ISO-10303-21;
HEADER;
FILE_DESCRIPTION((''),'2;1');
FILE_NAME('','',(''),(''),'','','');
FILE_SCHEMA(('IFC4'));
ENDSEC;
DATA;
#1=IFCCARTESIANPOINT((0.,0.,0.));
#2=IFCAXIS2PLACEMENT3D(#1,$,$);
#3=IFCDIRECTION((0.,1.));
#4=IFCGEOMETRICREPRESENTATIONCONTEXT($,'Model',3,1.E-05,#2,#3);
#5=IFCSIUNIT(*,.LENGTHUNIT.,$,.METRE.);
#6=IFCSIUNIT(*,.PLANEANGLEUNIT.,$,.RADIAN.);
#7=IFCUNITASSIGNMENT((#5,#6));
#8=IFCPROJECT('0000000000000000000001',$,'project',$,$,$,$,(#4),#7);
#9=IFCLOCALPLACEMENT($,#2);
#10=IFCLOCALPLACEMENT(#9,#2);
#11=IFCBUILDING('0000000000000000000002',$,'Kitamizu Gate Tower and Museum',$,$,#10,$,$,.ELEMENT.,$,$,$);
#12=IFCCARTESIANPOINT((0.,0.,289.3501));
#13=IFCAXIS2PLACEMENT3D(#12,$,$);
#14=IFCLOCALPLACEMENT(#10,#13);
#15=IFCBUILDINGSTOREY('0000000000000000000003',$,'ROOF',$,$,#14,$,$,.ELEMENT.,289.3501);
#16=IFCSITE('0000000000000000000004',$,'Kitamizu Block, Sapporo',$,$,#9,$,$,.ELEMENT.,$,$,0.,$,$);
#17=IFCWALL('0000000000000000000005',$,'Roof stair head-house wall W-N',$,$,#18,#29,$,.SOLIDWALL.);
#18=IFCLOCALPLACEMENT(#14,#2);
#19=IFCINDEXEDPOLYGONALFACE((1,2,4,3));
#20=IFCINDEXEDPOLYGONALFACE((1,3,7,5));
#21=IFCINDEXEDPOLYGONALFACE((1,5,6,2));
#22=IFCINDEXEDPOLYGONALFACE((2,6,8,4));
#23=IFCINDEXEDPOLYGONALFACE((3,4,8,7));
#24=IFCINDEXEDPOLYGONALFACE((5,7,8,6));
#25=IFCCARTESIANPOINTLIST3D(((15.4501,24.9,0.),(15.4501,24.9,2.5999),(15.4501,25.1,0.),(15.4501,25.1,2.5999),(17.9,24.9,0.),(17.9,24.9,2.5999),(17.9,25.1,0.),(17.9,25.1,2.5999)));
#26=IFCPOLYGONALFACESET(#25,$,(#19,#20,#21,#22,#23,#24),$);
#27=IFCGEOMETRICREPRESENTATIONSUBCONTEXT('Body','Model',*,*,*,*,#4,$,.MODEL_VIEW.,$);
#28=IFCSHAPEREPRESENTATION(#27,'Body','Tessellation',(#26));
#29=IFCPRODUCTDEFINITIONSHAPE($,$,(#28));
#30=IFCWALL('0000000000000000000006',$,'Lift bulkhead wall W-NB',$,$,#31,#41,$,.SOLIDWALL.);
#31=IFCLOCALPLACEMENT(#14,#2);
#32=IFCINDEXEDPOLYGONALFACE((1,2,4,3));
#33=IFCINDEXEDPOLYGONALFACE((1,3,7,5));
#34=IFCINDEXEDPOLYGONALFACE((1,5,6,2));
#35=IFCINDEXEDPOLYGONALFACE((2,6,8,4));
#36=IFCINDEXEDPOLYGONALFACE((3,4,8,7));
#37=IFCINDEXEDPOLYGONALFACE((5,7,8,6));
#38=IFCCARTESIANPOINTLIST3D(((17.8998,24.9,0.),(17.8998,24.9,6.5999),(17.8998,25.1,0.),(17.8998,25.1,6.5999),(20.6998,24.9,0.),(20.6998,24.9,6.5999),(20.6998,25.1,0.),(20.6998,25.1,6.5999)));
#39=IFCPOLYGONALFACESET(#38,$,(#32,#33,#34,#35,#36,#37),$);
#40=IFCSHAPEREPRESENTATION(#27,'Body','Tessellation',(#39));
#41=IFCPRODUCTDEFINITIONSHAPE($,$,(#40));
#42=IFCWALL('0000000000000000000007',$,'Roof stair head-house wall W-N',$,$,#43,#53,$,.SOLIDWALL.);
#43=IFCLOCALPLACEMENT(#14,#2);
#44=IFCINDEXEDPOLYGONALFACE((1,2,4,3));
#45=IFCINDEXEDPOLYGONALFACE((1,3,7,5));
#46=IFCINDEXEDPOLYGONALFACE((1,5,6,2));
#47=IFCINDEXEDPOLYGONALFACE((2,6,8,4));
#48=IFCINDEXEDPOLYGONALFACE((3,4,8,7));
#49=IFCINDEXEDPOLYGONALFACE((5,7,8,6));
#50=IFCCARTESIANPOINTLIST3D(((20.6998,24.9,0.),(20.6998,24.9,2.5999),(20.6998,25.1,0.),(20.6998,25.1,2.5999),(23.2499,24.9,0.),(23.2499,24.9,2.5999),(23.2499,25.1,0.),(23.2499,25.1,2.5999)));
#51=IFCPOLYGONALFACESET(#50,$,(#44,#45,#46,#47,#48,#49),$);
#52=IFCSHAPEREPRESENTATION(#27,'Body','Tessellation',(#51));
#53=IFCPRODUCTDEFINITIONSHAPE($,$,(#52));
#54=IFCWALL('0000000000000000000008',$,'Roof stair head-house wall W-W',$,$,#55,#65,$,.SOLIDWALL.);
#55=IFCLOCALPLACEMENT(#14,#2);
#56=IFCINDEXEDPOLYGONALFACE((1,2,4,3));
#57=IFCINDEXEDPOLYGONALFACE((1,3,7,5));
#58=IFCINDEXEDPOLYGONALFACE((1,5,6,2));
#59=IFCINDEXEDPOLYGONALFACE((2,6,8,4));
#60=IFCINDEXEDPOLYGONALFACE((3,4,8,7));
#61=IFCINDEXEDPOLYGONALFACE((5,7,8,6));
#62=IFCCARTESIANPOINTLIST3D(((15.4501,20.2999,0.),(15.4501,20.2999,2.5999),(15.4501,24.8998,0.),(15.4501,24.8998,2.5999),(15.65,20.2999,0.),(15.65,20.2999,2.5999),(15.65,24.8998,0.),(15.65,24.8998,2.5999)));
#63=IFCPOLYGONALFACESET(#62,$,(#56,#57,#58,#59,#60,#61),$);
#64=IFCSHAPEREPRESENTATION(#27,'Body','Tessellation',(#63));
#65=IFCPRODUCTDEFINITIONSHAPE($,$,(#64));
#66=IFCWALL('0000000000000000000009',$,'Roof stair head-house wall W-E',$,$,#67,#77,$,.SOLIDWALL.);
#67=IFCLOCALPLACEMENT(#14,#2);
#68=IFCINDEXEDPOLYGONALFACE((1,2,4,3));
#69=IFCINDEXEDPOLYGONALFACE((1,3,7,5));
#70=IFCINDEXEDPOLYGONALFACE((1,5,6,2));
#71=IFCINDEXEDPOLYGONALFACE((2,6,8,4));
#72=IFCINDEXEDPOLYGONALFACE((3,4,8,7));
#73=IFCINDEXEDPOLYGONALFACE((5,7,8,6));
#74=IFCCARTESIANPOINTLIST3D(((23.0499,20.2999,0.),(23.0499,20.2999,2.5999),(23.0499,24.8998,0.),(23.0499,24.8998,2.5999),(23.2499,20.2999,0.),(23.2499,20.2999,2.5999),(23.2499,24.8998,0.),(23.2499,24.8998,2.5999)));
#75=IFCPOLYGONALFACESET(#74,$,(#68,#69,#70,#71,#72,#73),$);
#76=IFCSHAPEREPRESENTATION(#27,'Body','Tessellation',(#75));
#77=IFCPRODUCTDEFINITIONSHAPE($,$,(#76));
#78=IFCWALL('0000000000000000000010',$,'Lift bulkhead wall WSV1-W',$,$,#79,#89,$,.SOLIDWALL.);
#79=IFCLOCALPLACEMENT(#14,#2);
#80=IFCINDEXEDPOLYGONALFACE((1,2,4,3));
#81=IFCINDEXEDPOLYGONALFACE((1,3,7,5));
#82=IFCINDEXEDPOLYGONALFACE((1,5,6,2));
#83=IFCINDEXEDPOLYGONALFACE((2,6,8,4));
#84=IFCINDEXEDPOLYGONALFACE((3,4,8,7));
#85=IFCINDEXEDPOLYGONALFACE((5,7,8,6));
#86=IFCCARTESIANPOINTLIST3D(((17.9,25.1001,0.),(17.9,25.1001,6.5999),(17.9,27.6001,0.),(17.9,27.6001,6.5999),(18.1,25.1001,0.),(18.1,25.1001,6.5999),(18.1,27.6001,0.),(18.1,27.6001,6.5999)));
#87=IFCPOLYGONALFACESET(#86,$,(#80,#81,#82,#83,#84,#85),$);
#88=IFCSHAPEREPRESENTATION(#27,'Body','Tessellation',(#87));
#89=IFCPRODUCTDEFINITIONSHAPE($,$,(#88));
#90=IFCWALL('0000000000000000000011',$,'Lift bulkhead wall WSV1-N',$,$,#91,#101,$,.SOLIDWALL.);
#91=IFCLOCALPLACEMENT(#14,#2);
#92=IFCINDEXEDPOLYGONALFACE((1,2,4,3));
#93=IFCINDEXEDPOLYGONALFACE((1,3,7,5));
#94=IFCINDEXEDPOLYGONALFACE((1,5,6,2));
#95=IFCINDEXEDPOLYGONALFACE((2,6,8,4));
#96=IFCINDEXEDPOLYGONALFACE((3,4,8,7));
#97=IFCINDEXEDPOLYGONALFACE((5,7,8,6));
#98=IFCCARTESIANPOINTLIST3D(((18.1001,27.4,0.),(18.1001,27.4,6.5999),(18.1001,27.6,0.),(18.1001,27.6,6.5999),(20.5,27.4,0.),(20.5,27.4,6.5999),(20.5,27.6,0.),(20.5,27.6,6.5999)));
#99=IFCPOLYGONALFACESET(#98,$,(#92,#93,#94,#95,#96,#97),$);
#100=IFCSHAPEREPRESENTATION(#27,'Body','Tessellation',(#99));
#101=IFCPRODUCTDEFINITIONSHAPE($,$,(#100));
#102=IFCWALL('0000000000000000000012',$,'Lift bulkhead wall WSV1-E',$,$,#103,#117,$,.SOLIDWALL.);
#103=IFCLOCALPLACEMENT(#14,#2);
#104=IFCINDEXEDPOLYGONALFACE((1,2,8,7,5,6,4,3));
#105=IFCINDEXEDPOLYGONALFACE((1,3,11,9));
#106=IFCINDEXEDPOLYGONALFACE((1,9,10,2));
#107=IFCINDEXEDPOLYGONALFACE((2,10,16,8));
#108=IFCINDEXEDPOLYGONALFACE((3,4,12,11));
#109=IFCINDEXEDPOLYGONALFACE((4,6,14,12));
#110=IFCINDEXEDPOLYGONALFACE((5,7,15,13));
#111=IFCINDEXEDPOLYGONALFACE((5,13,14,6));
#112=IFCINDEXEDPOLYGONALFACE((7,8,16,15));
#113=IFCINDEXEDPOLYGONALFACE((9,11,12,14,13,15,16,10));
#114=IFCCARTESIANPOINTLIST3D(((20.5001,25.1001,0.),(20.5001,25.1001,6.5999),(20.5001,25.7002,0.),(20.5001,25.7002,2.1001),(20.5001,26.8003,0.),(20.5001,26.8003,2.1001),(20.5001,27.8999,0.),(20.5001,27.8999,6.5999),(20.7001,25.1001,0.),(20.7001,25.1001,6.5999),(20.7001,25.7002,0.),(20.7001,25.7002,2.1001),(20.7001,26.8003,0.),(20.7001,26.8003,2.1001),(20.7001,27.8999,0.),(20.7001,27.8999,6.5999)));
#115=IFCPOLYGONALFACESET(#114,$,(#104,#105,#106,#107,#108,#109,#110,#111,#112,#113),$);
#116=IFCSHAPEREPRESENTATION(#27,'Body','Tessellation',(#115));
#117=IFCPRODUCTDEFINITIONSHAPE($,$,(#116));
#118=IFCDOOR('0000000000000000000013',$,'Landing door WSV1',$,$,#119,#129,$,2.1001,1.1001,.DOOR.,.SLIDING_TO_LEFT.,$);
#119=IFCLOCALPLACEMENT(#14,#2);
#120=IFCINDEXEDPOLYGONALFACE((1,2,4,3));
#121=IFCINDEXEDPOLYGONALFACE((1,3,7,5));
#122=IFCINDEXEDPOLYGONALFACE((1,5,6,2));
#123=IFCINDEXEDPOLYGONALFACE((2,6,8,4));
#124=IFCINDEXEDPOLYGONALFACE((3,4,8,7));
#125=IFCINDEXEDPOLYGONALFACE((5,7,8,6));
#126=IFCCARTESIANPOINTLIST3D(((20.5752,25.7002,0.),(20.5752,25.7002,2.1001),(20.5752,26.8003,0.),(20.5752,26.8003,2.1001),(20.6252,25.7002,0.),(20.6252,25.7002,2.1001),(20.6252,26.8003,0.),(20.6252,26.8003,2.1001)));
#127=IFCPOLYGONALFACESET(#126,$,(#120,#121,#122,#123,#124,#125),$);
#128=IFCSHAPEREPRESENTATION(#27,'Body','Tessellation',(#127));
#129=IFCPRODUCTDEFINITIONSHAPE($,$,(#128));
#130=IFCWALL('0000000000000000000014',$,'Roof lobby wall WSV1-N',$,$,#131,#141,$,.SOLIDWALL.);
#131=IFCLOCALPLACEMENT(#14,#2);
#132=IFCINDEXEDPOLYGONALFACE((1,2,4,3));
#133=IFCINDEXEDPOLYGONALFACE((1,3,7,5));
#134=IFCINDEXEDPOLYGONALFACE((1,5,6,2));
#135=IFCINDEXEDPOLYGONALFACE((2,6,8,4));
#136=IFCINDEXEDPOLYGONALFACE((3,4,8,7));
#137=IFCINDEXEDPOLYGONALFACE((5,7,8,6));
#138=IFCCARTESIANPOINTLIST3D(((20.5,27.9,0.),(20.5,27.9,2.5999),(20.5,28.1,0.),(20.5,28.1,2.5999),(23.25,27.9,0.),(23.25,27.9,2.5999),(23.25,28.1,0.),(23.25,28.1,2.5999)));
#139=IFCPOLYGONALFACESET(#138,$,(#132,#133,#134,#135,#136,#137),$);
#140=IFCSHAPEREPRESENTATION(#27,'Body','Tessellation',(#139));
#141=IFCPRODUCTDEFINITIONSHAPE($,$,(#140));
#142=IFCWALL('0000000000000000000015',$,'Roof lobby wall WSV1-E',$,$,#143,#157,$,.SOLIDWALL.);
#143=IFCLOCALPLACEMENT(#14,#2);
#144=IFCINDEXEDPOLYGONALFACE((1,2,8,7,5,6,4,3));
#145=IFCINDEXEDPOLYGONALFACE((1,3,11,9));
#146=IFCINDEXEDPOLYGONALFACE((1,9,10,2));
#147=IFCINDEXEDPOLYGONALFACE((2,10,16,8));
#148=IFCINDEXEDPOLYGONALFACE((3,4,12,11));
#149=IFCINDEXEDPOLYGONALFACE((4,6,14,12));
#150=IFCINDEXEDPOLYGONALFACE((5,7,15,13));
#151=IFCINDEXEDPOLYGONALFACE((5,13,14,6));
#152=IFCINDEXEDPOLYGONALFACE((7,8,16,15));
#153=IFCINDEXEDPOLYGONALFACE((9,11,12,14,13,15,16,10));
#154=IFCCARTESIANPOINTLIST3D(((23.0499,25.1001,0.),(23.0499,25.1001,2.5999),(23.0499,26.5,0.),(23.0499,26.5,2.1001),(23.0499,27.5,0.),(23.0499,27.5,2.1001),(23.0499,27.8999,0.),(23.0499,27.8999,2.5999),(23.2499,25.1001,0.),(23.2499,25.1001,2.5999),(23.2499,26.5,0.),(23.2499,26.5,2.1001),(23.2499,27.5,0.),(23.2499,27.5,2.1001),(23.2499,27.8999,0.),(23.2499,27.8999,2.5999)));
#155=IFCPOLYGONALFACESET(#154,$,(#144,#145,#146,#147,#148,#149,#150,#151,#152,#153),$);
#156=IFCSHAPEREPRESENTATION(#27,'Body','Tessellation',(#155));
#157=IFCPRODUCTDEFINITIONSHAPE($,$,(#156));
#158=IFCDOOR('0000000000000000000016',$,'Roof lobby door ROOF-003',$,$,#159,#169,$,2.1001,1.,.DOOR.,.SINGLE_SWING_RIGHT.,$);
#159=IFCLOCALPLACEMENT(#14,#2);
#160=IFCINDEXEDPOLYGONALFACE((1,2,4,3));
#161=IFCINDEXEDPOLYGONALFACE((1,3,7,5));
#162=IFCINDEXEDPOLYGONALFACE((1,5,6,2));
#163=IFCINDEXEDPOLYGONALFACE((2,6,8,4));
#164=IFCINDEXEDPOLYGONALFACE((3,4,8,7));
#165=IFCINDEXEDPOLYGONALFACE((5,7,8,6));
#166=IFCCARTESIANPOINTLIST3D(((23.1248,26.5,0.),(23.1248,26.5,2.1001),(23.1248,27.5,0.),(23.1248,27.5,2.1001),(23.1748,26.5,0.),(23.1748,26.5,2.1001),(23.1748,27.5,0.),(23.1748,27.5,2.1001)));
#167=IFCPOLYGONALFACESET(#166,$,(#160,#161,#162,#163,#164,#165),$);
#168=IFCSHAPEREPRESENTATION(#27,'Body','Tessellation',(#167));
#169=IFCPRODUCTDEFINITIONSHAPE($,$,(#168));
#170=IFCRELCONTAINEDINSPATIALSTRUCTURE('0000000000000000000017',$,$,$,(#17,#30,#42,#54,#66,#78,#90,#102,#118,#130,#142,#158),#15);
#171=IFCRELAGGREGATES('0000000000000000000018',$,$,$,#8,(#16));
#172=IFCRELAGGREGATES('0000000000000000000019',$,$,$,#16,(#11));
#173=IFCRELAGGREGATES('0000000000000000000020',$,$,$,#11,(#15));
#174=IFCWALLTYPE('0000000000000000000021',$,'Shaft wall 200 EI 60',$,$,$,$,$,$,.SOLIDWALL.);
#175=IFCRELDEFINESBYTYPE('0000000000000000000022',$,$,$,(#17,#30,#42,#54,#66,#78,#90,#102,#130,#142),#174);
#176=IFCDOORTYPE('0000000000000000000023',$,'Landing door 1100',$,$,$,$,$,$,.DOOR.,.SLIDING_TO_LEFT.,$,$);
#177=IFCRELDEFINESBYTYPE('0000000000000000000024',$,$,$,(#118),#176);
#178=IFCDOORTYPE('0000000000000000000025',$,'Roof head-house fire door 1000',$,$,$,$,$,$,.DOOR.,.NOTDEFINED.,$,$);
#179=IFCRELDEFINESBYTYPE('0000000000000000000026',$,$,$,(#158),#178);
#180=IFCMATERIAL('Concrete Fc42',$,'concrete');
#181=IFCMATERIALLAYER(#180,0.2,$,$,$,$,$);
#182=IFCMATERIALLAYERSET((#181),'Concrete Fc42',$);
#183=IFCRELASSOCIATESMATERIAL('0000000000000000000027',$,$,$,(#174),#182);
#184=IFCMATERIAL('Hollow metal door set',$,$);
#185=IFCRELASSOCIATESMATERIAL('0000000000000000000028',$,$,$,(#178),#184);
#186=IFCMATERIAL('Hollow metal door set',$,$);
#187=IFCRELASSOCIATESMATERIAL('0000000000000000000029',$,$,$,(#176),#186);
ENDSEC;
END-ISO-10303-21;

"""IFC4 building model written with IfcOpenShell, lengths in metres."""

from ifc_helpers import new_model, si_unit, direction, frame, frame_2d, origin, place, context, subcontext, project, spatial, rectangle, extrude, material, layer, layer_set, type_object, element, fill, save


model = new_model("IFC4")

# Units and contexts
model_context = context("Model", 3, precision=1e-05, world=origin(), true_north=direction((0.0, 1.0)))
body_context = subcontext(model_context, "Body", "Model", "MODEL_VIEW")
ifc_project = project(units=[si_unit("LENGTHUNIT", "METRE"), si_unit("PLANEANGLEUNIT", "RADIAN")], contexts=[model_context])

# Site, building, storey
site_placement = place(None, origin())
site = spatial("IfcSite", under=ifc_project, at=site_placement, Name="Kitamizu Block, Sapporo", CompositionType="ELEMENT", RefElevation=0.0)
building_placement = place(site_placement, origin())
building = spatial("IfcBuilding", under=site, at=building_placement, Name="Kitamizu Gate Tower and Museum", CompositionType="ELEMENT")
storey_placement = place(building_placement, frame((0.0, 0.0, 289.3501)))
storey = spatial("IfcBuildingStorey", under=building, at=storey_placement, Name="ROOF", CompositionType="ELEMENT", Elevation=289.3501)

# Shared definitions
ifc_material_1 = material(Name="Concrete Fc42", Category="concrete")
ifc_layer_1 = layer(ifc_material_1, 0.2)
ifc_layer_set_1 = layer_set([ifc_layer_1], Name="Concrete Fc42")
wall_type_1 = type_object("IfcWallType", Name="Shaft wall 200 EI 60", PredefinedType="SOLIDWALL", material=ifc_layer_set_1)
ifc_material_2 = material(Name="Hollow metal door set")
door_type_1 = type_object("IfcDoorType", Name="Roof head-house fire door 1000", OperationType="NOTDEFINED", PredefinedType="DOOR", material=ifc_material_2)

# Walls
wall_1_placement = place(storey_placement, frame((15.45, 25.0, 0.0), z_axis=(0.0, 0.0, 1.0), x_axis=(1.0, 0.0, 0.0)))
element("IfcWall", 1, at=wall_1_placement, inside=storey, type_object=wall_type_1, Name="Roof stair head-house wall W-N", PredefinedType="SOLIDWALL", context=body_context, shape_type="SweptSolid", body=[
    extrude(rectangle(XDim=2.45, YDim=0.2, at=frame_2d((1.2251, 0.0))), origin(), (0.0, 0.0, 1.0), 2.5999),
])
wall_2_placement = place(storey_placement, frame((17.8999, 25.0, 0.0), z_axis=(0.0, 0.0, 1.0), x_axis=(1.0, 0.0, 0.0)))
element("IfcWall", 2, at=wall_2_placement, inside=storey, type_object=wall_type_1, Name="Lift bulkhead wall W-NB", PredefinedType="SOLIDWALL", context=body_context, shape_type="SweptSolid", body=[
    extrude(rectangle(XDim=2.8, YDim=0.2, at=frame_2d((1.3999, 0.0))), origin(), (0.0, 0.0, 1.0), 6.5999),
])
wall_3_placement = place(storey_placement, frame((20.7, 25.0, 0.0), z_axis=(0.0, 0.0, 1.0), x_axis=(1.0, 0.0, 0.0)))
element("IfcWall", 3, at=wall_3_placement, inside=storey, type_object=wall_type_1, Name="Roof stair head-house wall W-N", PredefinedType="SOLIDWALL", context=body_context, shape_type="SweptSolid", body=[
    extrude(rectangle(XDim=2.55, YDim=0.2, at=frame_2d((1.2749, 0.0))), origin(), (0.0, 0.0, 1.0), 2.5999),
])
for number, where, z_axis, x_axis, name in (
    (4, (15.55, 20.3, 0.0), (0.0, 0.0, 1.0), (0.0, 1.0, 0.0), "Roof stair head-house wall W-W"),
    (5, (23.1499, 20.3, 0.0), (0.0, 0.0, 1.0), (0.0, 1.0, 0.0), "Roof stair head-house wall W-E"),
):
    element("IfcWall", number, at=place(storey_placement, frame(where, z_axis=z_axis, x_axis=x_axis)), inside=storey, type_object=wall_type_1, Name=name, PredefinedType="SOLIDWALL", context=body_context, shape_type="SweptSolid", body=[
        extrude(rectangle(XDim=4.5999, YDim=0.2, at=frame_2d((2.2998, 0.0))), origin(), (0.0, 0.0, 1.0), 2.5999),
    ])
wall_4_placement = place(storey_placement, frame((18.0, 25.1001, 0.0), z_axis=(0.0, 0.0, 1.0), x_axis=(0.0, 1.0, 0.0)))
element("IfcWall", 6, at=wall_4_placement, inside=storey, type_object=wall_type_1, Name="Lift bulkhead wall WSV1-W", PredefinedType="SOLIDWALL", context=body_context, shape_type="SweptSolid", body=[
    extrude(rectangle(XDim=2.5, YDim=0.2, at=frame_2d((1.25, 0.0))), origin(), (0.0, 0.0, 1.0), 6.5999),
])
wall_5_placement = place(storey_placement, frame((18.1001, 27.5, 0.0), z_axis=(0.0, 0.0, 1.0), x_axis=(1.0, 0.0, 0.0)))
element("IfcWall", 7, at=wall_5_placement, inside=storey, type_object=wall_type_1, Name="Lift bulkhead wall WSV1-N", PredefinedType="SOLIDWALL", context=body_context, shape_type="SweptSolid", body=[
    extrude(rectangle(XDim=2.3999, YDim=0.2, at=frame_2d((1.2, 0.0))), origin(), (0.0, 0.0, 1.0), 6.5999),
])

# Wall, opening, door
wall_6_placement = place(storey_placement, frame((20.6001, 25.1001, 0.0), z_axis=(0.0, 0.0, 1.0), x_axis=(0.0, 1.0, 0.0)))
wall_6 = element("IfcWall", 8, at=wall_6_placement, inside=storey, type_object=wall_type_1, Name="Lift bulkhead wall WSV1-E", PredefinedType="SOLIDWALL", context=body_context, shape_type="SweptSolid", body=[
    extrude(rectangle(XDim=2.7998, YDim=0.2, at=frame_2d((1.3999, 0.0))), origin(), (0.0, 0.0, 1.0), 6.5999),
])
opening_1_placement = place(wall_6_placement, frame((0.6001, 0.0, 0.0)))
opening_1 = element("IfcOpeningElement", 9, at=opening_1_placement, cuts=wall_6, PredefinedType="OPENING", context=body_context, shape_type="SweptSolid", body=[
    extrude(rectangle(XDim=1.1001, YDim=2.1001, at=frame_2d((0.55, 1.05))), frame((0.0, 0.1099, 0.0), z_axis=(0.0, -1.0, 0.0), x_axis=(1.0, 0.0, 0.0)), (0.0, 0.0, 1.0), 0.22),
])
ifc_material_3 = material(Name="Hollow metal door set")
door_type_2 = type_object("IfcDoorType", Name="Landing door 1100", OperationType="SLIDING_TO_LEFT", PredefinedType="DOOR", material=ifc_material_3)
door_1_placement = place(opening_1_placement, origin())
door_1 = element("IfcDoor", 10, at=door_1_placement, inside=storey, type_object=door_type_2, Name="Landing door WSV1", OperationType="SLIDING_TO_LEFT", OverallHeight=2.1001, OverallWidth=1.1001, PredefinedType="DOOR", context=body_context, shape_type="SweptSolid", body=[
    extrude(rectangle(XDim=1.1001, YDim=2.1001, at=frame_2d((0.55, 1.05))), frame((0.0, 0.0249, 0.0), z_axis=(0.0, -1.0, 0.0), x_axis=(1.0, 0.0, 0.0)), (0.0, 0.0, 1.0), 0.05),
])
fill(opening_1, door_1)

# Wall
wall_7_placement = place(storey_placement, frame((20.5, 28.0, 0.0), z_axis=(0.0, 0.0, 1.0), x_axis=(1.0, 0.0, 0.0)))
element("IfcWall", 11, at=wall_7_placement, inside=storey, type_object=wall_type_1, Name="Roof lobby wall WSV1-N", PredefinedType="SOLIDWALL", context=body_context, shape_type="SweptSolid", body=[
    extrude(rectangle(XDim=2.75, YDim=0.2, at=frame_2d((1.375, 0.0))), origin(), (0.0, 0.0, 1.0), 2.5999),
])

# Wall, opening, door
wall_8_placement = place(storey_placement, frame((23.1499, 25.1001, 0.0), z_axis=(0.0, 0.0, 1.0), x_axis=(0.0, 1.0, 0.0)))
wall_8 = element("IfcWall", 12, at=wall_8_placement, inside=storey, type_object=wall_type_1, Name="Roof lobby wall WSV1-E", PredefinedType="SOLIDWALL", context=body_context, shape_type="SweptSolid", body=[
    extrude(rectangle(XDim=2.7998, YDim=0.2, at=frame_2d((1.3999, 0.0))), origin(), (0.0, 0.0, 1.0), 2.5999),
])
opening_2_placement = place(wall_8_placement, frame((1.3999, 0.0, 0.0)))
opening_2 = element("IfcOpeningElement", 13, at=opening_2_placement, cuts=wall_8, PredefinedType="OPENING", context=body_context, shape_type="SweptSolid", body=[
    extrude(rectangle(XDim=1.0, YDim=2.1001, at=frame_2d((0.5, 1.05))), frame((0.0, 0.1099, 0.0), z_axis=(0.0, -1.0, 0.0), x_axis=(1.0, 0.0, 0.0)), (0.0, 0.0, 1.0), 0.22),
])
door_2_placement = place(opening_2_placement, frame((1.0, 0.0, 0.0), x_axis=(-1.0, 0.0, 0.0)))
door_2 = element("IfcDoor", 14, at=door_2_placement, inside=storey, type_object=door_type_1, Name="Roof lobby door ROOF-003", OperationType="SINGLE_SWING_RIGHT", OverallHeight=2.1001, OverallWidth=1.0, PredefinedType="DOOR", context=body_context, shape_type="SweptSolid", body=[
    extrude(rectangle(XDim=1.0, YDim=2.1001, at=frame_2d((0.5, 1.05))), frame((0.0, 0.0249, 0.0), z_axis=(0.0, -1.0, 0.0), x_axis=(1.0, 0.0, 0.0)), (0.0, 0.0, 1.0), 0.05),
])
fill(opening_2, door_2)

save(model, "model.ifc")
